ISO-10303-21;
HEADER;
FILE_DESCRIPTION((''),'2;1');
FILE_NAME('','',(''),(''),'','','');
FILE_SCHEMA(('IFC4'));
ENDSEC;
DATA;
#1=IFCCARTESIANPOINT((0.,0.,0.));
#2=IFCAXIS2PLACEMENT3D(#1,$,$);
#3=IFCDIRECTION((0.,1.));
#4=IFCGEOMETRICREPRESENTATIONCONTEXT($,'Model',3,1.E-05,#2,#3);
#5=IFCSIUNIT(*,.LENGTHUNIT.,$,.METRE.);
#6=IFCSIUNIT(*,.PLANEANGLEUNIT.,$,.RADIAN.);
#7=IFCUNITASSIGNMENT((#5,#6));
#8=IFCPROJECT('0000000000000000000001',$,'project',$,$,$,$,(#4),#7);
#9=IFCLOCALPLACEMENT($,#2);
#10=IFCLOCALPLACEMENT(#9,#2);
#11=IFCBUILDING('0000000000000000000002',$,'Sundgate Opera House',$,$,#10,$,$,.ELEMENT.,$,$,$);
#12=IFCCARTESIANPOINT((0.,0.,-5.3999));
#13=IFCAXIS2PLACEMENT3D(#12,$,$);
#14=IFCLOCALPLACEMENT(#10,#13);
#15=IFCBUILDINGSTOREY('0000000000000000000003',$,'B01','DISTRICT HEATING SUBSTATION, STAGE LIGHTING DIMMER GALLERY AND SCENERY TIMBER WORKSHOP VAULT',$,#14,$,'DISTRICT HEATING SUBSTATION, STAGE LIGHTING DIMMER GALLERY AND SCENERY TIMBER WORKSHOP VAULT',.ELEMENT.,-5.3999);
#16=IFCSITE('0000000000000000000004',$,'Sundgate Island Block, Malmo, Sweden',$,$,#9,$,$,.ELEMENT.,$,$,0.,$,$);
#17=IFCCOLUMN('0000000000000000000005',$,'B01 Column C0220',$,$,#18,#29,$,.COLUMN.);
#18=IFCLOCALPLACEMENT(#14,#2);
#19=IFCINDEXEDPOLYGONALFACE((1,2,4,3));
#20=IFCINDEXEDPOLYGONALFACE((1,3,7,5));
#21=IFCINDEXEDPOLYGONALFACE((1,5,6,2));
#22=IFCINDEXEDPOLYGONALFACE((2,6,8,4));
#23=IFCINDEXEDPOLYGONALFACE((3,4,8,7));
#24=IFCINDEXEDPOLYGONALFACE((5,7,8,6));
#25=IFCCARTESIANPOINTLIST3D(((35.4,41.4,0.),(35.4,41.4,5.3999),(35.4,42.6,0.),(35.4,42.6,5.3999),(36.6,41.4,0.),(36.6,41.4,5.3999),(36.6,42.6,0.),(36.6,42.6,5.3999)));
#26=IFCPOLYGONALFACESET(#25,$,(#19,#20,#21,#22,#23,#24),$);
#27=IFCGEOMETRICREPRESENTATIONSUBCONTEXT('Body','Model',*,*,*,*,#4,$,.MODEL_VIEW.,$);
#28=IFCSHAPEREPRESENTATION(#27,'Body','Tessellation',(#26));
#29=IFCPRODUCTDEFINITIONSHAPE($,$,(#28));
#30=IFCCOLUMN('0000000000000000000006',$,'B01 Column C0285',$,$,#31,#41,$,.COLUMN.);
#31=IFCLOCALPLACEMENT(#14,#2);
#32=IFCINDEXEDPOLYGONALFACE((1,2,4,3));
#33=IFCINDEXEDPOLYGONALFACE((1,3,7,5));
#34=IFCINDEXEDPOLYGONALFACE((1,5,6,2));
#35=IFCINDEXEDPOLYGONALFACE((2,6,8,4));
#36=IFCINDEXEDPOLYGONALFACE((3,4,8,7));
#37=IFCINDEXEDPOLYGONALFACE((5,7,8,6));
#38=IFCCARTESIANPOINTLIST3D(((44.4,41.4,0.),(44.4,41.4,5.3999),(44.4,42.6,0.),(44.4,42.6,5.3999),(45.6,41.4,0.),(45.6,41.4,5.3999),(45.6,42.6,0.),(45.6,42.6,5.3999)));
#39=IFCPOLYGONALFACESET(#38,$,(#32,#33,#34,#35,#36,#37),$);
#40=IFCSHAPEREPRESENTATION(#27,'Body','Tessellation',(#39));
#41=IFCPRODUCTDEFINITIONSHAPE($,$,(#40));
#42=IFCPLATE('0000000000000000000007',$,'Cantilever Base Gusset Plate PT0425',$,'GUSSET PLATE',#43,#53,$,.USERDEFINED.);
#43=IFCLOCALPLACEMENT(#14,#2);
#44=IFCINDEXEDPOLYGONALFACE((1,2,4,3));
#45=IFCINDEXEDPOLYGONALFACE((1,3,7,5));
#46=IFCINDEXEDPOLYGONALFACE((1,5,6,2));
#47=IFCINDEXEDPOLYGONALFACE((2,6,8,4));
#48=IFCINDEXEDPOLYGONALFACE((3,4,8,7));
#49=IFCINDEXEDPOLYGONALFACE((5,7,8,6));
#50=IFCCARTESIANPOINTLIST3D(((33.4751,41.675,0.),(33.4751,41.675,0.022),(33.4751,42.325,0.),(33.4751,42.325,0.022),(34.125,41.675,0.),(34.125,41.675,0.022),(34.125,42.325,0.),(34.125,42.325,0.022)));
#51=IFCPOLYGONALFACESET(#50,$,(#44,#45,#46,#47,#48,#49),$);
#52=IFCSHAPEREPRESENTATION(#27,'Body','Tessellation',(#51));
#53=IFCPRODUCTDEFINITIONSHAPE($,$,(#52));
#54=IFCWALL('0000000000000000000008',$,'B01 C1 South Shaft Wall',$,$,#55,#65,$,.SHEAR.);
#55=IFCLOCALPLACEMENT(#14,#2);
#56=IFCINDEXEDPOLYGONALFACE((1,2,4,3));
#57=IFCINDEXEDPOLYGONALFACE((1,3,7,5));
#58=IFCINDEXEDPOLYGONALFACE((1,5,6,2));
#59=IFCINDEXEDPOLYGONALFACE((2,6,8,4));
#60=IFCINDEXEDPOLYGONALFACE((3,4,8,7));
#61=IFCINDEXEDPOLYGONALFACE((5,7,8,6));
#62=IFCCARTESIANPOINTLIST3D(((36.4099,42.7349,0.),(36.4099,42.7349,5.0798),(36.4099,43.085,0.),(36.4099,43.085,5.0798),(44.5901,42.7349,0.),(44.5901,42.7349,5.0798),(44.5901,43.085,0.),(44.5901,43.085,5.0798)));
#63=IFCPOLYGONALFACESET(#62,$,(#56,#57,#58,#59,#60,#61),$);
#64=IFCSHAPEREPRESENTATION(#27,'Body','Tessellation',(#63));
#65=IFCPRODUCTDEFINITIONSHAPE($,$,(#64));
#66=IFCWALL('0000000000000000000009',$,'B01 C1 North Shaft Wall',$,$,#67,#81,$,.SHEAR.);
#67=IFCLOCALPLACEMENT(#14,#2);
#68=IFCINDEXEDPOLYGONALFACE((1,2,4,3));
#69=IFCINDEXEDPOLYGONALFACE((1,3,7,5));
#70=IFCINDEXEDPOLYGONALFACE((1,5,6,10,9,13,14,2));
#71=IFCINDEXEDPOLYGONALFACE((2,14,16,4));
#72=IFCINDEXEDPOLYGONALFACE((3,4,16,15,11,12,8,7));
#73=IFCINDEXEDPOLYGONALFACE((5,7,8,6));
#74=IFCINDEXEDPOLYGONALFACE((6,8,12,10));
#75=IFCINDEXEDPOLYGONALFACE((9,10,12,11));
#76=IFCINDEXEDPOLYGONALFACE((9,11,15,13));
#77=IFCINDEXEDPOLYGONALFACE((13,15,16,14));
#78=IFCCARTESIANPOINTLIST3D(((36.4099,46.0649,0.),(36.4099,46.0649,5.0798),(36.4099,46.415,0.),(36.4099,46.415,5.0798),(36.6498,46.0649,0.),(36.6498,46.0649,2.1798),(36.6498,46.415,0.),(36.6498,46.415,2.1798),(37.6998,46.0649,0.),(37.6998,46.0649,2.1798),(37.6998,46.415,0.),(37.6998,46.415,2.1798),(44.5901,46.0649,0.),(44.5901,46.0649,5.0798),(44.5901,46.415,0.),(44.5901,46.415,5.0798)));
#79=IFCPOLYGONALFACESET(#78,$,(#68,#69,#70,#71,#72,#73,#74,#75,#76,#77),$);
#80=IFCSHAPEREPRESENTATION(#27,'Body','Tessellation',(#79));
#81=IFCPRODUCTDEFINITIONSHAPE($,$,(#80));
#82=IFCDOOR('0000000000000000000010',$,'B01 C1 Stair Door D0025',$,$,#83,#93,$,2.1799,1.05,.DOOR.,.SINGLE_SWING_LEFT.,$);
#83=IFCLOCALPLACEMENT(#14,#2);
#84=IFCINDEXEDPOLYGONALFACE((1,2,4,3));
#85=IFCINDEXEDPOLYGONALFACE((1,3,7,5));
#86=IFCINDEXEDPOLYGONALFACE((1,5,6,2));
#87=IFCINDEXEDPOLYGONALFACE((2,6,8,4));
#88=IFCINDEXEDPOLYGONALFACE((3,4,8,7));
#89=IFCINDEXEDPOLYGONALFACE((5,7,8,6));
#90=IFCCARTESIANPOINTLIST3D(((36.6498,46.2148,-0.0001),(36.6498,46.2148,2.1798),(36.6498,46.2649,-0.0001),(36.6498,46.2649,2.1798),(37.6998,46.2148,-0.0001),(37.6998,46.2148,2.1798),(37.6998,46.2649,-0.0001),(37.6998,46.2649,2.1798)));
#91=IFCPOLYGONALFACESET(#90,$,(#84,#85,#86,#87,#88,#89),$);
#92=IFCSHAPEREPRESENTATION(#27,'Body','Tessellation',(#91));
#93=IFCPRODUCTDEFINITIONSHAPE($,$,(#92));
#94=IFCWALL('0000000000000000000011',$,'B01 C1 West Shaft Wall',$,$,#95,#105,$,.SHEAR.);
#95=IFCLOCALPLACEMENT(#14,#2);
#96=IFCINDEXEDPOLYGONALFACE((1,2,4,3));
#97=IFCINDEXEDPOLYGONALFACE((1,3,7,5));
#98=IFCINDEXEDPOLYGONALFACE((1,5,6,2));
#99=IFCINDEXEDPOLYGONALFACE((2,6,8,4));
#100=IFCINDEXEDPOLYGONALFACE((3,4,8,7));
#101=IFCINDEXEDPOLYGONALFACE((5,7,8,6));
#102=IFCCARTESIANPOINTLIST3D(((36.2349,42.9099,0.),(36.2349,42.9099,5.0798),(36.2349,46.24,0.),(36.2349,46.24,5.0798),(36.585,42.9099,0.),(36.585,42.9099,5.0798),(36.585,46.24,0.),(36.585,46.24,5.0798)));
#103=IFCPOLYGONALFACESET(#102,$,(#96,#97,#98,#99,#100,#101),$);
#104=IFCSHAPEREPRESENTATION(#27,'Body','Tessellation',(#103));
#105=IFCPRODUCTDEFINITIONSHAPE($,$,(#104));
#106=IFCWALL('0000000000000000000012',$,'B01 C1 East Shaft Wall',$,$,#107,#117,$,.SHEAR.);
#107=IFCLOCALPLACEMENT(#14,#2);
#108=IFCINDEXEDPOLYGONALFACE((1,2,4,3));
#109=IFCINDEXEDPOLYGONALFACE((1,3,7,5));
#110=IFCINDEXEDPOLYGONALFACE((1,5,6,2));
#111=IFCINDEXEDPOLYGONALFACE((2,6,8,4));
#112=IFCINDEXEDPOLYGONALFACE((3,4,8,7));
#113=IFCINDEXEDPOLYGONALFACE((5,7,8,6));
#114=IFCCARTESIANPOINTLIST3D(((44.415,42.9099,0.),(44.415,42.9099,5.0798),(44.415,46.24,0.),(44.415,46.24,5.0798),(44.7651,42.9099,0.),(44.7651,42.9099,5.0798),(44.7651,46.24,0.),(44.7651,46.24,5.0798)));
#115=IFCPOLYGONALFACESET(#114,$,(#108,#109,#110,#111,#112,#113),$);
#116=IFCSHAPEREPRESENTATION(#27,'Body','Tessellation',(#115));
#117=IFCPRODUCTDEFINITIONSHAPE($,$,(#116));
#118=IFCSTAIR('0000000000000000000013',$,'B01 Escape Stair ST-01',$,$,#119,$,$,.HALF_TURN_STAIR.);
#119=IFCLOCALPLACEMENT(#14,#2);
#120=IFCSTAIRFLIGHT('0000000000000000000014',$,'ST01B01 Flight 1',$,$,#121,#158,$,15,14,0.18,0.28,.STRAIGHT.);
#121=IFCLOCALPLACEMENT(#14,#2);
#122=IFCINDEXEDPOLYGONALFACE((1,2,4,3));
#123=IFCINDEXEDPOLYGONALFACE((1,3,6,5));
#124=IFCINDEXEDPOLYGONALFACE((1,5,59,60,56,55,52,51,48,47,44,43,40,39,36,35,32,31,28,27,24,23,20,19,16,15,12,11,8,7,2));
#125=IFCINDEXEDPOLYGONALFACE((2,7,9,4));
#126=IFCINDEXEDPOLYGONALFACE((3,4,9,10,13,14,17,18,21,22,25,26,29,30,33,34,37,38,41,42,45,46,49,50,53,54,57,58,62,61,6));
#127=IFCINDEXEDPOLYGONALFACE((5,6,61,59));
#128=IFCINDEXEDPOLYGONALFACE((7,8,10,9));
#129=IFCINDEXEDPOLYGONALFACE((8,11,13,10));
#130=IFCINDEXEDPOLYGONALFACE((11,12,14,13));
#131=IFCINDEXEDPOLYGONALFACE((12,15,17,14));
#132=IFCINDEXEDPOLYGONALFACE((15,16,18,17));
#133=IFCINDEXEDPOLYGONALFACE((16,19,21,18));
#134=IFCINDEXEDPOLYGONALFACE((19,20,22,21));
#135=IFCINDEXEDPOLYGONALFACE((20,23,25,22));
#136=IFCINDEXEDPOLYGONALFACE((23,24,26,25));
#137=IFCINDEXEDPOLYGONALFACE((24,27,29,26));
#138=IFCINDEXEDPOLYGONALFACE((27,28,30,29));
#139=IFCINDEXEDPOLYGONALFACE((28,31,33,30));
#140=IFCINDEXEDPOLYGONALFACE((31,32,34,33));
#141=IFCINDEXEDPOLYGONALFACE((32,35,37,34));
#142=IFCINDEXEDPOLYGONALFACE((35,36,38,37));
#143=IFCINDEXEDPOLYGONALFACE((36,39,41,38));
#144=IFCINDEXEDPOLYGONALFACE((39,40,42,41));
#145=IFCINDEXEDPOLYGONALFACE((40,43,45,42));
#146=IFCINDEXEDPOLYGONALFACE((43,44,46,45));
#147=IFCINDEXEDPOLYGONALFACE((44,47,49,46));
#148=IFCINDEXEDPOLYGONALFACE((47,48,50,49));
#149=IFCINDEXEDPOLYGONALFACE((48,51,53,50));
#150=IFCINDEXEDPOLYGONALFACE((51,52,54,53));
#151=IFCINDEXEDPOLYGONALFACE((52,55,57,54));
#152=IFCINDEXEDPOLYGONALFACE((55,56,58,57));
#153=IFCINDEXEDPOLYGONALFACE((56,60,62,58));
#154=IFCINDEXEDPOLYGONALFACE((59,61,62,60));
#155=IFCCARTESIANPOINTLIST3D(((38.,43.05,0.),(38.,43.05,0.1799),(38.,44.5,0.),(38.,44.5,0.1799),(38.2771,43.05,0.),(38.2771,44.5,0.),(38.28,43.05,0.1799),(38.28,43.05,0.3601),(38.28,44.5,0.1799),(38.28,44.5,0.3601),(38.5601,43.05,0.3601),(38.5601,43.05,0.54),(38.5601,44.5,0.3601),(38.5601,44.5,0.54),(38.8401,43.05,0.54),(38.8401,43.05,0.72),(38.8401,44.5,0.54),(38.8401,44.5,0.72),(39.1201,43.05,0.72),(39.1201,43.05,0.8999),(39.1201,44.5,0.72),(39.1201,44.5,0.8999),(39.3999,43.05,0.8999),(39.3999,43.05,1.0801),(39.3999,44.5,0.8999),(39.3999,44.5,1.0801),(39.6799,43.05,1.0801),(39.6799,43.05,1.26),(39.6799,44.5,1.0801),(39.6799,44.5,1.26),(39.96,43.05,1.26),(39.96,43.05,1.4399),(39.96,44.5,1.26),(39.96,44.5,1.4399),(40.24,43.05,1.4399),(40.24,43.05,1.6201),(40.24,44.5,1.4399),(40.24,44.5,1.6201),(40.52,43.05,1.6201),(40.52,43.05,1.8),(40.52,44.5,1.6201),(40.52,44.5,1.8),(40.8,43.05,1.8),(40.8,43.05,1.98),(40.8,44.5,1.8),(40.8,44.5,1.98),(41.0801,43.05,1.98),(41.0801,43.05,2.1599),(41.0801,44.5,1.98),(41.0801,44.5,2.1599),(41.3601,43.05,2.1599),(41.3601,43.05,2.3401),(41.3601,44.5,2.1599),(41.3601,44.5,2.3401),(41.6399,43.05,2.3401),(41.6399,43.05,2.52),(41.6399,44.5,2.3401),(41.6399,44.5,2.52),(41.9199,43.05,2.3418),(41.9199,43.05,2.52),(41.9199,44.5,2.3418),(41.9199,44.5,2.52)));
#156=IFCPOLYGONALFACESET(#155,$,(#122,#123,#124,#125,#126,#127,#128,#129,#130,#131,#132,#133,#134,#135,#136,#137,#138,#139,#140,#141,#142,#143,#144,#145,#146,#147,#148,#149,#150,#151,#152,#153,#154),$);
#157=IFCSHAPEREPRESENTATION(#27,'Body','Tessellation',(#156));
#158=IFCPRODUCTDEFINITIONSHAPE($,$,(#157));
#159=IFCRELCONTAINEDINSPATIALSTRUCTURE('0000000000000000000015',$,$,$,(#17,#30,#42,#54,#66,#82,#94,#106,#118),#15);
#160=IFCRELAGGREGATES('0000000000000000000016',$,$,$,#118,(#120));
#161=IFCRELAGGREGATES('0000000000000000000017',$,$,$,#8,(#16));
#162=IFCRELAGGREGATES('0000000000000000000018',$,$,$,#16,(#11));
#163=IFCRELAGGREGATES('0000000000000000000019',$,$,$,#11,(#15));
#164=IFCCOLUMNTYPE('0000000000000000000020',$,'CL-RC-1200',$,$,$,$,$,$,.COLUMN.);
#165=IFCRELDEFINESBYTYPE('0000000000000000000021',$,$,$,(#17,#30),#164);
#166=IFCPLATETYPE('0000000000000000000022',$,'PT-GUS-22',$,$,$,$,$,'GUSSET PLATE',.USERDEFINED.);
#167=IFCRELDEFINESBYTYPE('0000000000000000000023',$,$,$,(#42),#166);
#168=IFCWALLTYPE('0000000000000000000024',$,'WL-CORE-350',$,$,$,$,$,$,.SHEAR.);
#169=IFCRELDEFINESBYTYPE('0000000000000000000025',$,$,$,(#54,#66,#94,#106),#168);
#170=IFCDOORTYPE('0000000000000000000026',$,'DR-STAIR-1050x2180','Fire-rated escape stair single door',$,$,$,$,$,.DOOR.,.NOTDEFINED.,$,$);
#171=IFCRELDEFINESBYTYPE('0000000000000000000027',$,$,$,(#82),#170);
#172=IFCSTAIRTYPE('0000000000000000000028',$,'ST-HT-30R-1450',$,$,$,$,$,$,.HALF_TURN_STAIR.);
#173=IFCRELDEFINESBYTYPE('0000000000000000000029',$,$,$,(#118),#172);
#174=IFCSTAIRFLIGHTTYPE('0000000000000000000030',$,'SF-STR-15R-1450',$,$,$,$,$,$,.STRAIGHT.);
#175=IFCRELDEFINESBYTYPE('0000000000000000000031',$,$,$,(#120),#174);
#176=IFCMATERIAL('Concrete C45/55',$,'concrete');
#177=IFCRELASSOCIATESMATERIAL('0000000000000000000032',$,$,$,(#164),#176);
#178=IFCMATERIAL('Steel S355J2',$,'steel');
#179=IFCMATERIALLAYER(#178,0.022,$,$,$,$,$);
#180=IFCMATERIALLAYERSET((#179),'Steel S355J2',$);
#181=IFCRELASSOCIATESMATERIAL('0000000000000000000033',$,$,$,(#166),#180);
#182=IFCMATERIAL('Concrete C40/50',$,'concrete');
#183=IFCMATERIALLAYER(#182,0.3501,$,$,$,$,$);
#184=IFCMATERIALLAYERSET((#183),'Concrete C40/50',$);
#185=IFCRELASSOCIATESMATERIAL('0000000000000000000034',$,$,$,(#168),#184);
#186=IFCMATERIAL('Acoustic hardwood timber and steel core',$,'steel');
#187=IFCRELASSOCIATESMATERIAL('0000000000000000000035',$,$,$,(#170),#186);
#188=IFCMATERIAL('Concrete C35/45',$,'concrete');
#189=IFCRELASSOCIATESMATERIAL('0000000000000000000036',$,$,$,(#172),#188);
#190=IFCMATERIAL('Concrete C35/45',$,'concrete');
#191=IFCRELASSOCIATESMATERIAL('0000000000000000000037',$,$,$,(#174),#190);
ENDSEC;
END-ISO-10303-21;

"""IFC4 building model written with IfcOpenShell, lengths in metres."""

from ifc_helpers import new_model, si_unit, direction, frame, frame_2d, origin, origin_2d, place, context, subcontext, project, spatial, polyline, rectangle, outline, extrude, material, layer, layer_set, material_profile, profile_set, type_object, element, fill, aggregate, save


model = new_model("IFC4")

# Units and contexts
model_context = context("Model", 3, precision=1e-05, world=origin(), true_north=direction((0.0, 1.0)))
body_context = subcontext(model_context, "Body", "Model", "MODEL_VIEW")
ifc_project = project(units=[si_unit("LENGTHUNIT", "METRE"), si_unit("PLANEANGLEUNIT", "RADIAN")], contexts=[model_context])

# Site, building, storey
site_placement = place(None, origin())
site = spatial("IfcSite", under=ifc_project, at=site_placement, Name="Sundgate Island Block, Malmo, Sweden", CompositionType="ELEMENT", RefElevation=0.0)
building_placement = place(site_placement, origin())
building = spatial("IfcBuilding", under=site, at=building_placement, Name="Sundgate Opera House", CompositionType="ELEMENT")
storey_placement = place(building_placement, frame((0.0, 0.0, -5.3999)))
storey = spatial("IfcBuildingStorey", under=building, at=storey_placement, Name="B01", Description="DISTRICT HEATING SUBSTATION, STAGE LIGHTING DIMMER GALLERY AND SCENERY TIMBER WORKSHOP VAULT", LongName="DISTRICT HEATING SUBSTATION, STAGE LIGHTING DIMMER GALLERY AND SCENERY TIMBER WORKSHOP VAULT", CompositionType="ELEMENT", Elevation=-5.3999)

# Columns
ifc_material_1 = material(Name="Concrete C45/55", Category="concrete")
ifc_material_profile_1 = material_profile(ifc_material_1, rectangle(XDim=1.2, YDim=1.2, at=origin_2d()), Name="RC 1200x1200")
ifc_profile_set_1 = profile_set([ifc_material_profile_1], Name="Concrete C45/55")
column_type_1 = type_object("IfcColumnType", Name="CL-RC-1200", PredefinedType="COLUMN", material=ifc_profile_set_1)
for number, where, z_axis, x_axis, name in (
    (1, (36.0, 42.0, 0.0), (0.0, 0.0, 1.0), (1.0, 0.0, 0.0), "B01 Column C0220"),
    (2, (45.0, 42.0, 0.0), (0.0, 0.0, 1.0), (1.0, 0.0, 0.0), "B01 Column C0285"),
):
    element("IfcColumn", number, at=place(storey_placement, frame(where, z_axis=z_axis, x_axis=x_axis)), inside=storey, type_object=column_type_1, Name=name, PredefinedType="COLUMN", context=body_context, shape_type="SweptSolid", body=[
        extrude(rectangle(XDim=1.2, YDim=1.2, at=origin_2d()), origin(), (0.0, 0.0, 1.0), 5.3999),
    ])

# Plate
ifc_material_2 = material(Name="Steel S355J2", Category="steel")
ifc_layer_1 = layer(ifc_material_2, 0.022)
ifc_layer_set_1 = layer_set([ifc_layer_1], Name="Steel S355J2")
plate_type = type_object("IfcPlateType", Name="PT-GUS-22", ElementType="GUSSET PLATE", PredefinedType="USERDEFINED", material=ifc_layer_set_1)
plate_placement = place(storey_placement, frame((33.8, 42.0, 0.0), z_axis=(0.0, 0.0, 1.0), x_axis=(1.0, 0.0, 0.0)))
element("IfcPlate", 3, at=plate_placement, inside=storey, type_object=plate_type, Name="Cantilever Base Gusset Plate PT0425", ObjectType="GUSSET PLATE", PredefinedType="USERDEFINED", context=body_context, shape_type="SweptSolid", body=[
    extrude(rectangle(XDim=0.6499, YDim=0.6499, at=origin_2d()), origin(), (0.0, 0.0, 1.0), 0.022),
])

# Wall
ifc_material_3 = material(Name="Concrete C40/50", Category="concrete")
ifc_layer_2 = layer(ifc_material_3, 0.3501)
ifc_layer_set_2 = layer_set([ifc_layer_2], Name="Concrete C40/50")
wall_type = type_object("IfcWallType", Name="WL-CORE-350", PredefinedType="SHEAR", material=ifc_layer_set_2)
wall_1_placement = place(storey_placement, frame((36.4099, 42.9099, 0.0), z_axis=(0.0, 0.0, 1.0), x_axis=(1.0, 0.0, 0.0)))
element("IfcWall", 4, at=wall_1_placement, inside=storey, type_object=wall_type, Name="B01 C1 South Shaft Wall", PredefinedType="SHEAR", context=body_context, shape_type="SweptSolid", body=[
    extrude(rectangle(XDim=8.1802, YDim=0.3501, at=frame_2d((4.0901, 0.0))), origin(), (0.0, 0.0, 1.0), 5.0798),
])

# Wall, opening, door
wall_2_placement = place(storey_placement, frame((36.4099, 46.24, 0.0), z_axis=(0.0, 0.0, 1.0), x_axis=(1.0, 0.0, 0.0)))
wall_2 = element("IfcWall", 5, at=wall_2_placement, inside=storey, type_object=wall_type, Name="B01 C1 North Shaft Wall", PredefinedType="SHEAR", context=body_context, shape_type="SweptSolid", body=[
    extrude(rectangle(XDim=8.1802, YDim=0.3501, at=frame_2d((4.0901, 0.0))), origin(), (0.0, 0.0, 1.0), 5.0798),
])
opening_placement = place(wall_2_placement, frame((0.24, 0.0, 0.0)))
opening = element("IfcOpeningElement", 6, at=opening_placement, cuts=wall_2, PredefinedType="OPENING", context=body_context, shape_type="SweptSolid", body=[
    extrude(rectangle(XDim=1.05, YDim=2.1799, at=frame_2d((0.5249, 1.0898))), frame((0.0, 0.1851, 0.0), z_axis=(0.0, -1.0, 0.0), x_axis=(1.0, 0.0, 0.0)), (0.0, 0.0, 1.0), 0.3701),
])
ifc_material_4 = material(Name="Acoustic hardwood timber and steel core", Category="steel")
door_type = type_object("IfcDoorType", Name="DR-STAIR-1050x2180", Description="Fire-rated escape stair single door", OperationType="NOTDEFINED", PredefinedType="DOOR", material=ifc_material_4)
door_placement = place(opening_placement, origin())
door = element("IfcDoor", 7, at=door_placement, inside=storey, type_object=door_type, Name="B01 C1 Stair Door D0025", OperationType="SINGLE_SWING_LEFT", OverallHeight=2.1799, OverallWidth=1.05, PredefinedType="DOOR", context=body_context, shape_type="SweptSolid", body=[
    extrude(rectangle(XDim=1.05, YDim=2.1799, at=frame_2d((0.5249, 1.0898))), frame((0.0, 0.0249, 0.0), z_axis=(0.0, -1.0, 0.0), x_axis=(1.0, 0.0, 0.0)), (0.0, 0.0, 1.0), 0.05),
])
fill(opening, door)

# Walls
for number, where, z_axis, x_axis, name in (
    (8, (36.4099, 42.9099, 0.0), (0.0, 0.0, 1.0), (0.0, 1.0, 0.0), "B01 C1 West Shaft Wall"),
    (9, (44.5901, 42.9099, 0.0), (0.0, 0.0, 1.0), (0.0, 1.0, 0.0), "B01 C1 East Shaft Wall"),
):
    element("IfcWall", number, at=place(storey_placement, frame(where, z_axis=z_axis, x_axis=x_axis)), inside=storey, type_object=wall_type, Name=name, PredefinedType="SHEAR", context=body_context, shape_type="SweptSolid", body=[
        extrude(rectangle(XDim=3.3301, YDim=0.3501, at=frame_2d((1.665, 0.0))), origin(), (0.0, 0.0, 1.0), 5.0798),
    ])

# Stair, stair flight
ifc_material_5 = material(Name="Concrete C35/45", Category="concrete")
stair_type = type_object("IfcStairType", Name="ST-HT-30R-1450", PredefinedType="HALF_TURN_STAIR", material=ifc_material_5)
stair_placement = place(storey_placement, origin())
stair = element("IfcStair", 10, at=stair_placement, inside=storey, type_object=stair_type, Name="B01 Escape Stair ST-01", PredefinedType="HALF_TURN_STAIR")
ifc_material_6 = material(Name="Concrete C35/45", Category="concrete")
stair_flight_type = type_object("IfcStairFlightType", Name="SF-STR-15R-1450", PredefinedType="STRAIGHT", material=ifc_material_6)
stair_flight_1_placement = place(storey_placement, frame((38.0, 43.7749, 0.0), z_axis=(0.0, 0.0, 1.0), x_axis=(1.0, 0.0, 0.0)))
stair_flight_1 = element("IfcStairFlight", 11, at=stair_flight_1_placement, type_object=stair_flight_type, Name="ST01B01 Flight 1", NumberOfRisers=15, NumberOfTreads=14, PredefinedType="STRAIGHT", RiserHeight=0.18, TreadLength=0.28, context=body_context, shape_type="SweptSolid", body=[
    extrude(outline(polyline([(0.0, 0.0), (0.0, 0.1799), (0.28, 0.1799), (0.28, 0.3601), (0.5601, 0.3601), (0.5601, 0.54), (0.8401, 0.54), (0.8401, 0.72), (1.1201, 0.72), (1.1201, 0.8999), (1.3999, 0.8999), (1.3999, 1.0801), (1.6799, 1.0801), (1.6799, 1.26), (1.96, 1.26), (1.96, 1.4399), (2.24, 1.4399), (2.24, 1.6201), (2.52, 1.6201), (2.52, 1.8), (2.8, 1.8), (2.8, 1.98), (3.0801, 1.98), (3.0801, 2.1599), (3.3601, 2.1599), (3.3601, 2.3401), (3.6399, 2.3401), (3.6399, 2.52), (3.9199, 2.52), (3.9199, 2.7), (3.9199, 2.3418), (0.2771, 0.0), (0.0, 0.0)])), frame((0.0, 0.7251, 0.0), z_axis=(0.0, -1.0, 0.0), x_axis=(1.0, 0.0, 0.0)), (0.0, 0.0, 1.0), 1.45),
])
aggregate(stair, [stair_flight_1])

save(model, "model.ifc")
